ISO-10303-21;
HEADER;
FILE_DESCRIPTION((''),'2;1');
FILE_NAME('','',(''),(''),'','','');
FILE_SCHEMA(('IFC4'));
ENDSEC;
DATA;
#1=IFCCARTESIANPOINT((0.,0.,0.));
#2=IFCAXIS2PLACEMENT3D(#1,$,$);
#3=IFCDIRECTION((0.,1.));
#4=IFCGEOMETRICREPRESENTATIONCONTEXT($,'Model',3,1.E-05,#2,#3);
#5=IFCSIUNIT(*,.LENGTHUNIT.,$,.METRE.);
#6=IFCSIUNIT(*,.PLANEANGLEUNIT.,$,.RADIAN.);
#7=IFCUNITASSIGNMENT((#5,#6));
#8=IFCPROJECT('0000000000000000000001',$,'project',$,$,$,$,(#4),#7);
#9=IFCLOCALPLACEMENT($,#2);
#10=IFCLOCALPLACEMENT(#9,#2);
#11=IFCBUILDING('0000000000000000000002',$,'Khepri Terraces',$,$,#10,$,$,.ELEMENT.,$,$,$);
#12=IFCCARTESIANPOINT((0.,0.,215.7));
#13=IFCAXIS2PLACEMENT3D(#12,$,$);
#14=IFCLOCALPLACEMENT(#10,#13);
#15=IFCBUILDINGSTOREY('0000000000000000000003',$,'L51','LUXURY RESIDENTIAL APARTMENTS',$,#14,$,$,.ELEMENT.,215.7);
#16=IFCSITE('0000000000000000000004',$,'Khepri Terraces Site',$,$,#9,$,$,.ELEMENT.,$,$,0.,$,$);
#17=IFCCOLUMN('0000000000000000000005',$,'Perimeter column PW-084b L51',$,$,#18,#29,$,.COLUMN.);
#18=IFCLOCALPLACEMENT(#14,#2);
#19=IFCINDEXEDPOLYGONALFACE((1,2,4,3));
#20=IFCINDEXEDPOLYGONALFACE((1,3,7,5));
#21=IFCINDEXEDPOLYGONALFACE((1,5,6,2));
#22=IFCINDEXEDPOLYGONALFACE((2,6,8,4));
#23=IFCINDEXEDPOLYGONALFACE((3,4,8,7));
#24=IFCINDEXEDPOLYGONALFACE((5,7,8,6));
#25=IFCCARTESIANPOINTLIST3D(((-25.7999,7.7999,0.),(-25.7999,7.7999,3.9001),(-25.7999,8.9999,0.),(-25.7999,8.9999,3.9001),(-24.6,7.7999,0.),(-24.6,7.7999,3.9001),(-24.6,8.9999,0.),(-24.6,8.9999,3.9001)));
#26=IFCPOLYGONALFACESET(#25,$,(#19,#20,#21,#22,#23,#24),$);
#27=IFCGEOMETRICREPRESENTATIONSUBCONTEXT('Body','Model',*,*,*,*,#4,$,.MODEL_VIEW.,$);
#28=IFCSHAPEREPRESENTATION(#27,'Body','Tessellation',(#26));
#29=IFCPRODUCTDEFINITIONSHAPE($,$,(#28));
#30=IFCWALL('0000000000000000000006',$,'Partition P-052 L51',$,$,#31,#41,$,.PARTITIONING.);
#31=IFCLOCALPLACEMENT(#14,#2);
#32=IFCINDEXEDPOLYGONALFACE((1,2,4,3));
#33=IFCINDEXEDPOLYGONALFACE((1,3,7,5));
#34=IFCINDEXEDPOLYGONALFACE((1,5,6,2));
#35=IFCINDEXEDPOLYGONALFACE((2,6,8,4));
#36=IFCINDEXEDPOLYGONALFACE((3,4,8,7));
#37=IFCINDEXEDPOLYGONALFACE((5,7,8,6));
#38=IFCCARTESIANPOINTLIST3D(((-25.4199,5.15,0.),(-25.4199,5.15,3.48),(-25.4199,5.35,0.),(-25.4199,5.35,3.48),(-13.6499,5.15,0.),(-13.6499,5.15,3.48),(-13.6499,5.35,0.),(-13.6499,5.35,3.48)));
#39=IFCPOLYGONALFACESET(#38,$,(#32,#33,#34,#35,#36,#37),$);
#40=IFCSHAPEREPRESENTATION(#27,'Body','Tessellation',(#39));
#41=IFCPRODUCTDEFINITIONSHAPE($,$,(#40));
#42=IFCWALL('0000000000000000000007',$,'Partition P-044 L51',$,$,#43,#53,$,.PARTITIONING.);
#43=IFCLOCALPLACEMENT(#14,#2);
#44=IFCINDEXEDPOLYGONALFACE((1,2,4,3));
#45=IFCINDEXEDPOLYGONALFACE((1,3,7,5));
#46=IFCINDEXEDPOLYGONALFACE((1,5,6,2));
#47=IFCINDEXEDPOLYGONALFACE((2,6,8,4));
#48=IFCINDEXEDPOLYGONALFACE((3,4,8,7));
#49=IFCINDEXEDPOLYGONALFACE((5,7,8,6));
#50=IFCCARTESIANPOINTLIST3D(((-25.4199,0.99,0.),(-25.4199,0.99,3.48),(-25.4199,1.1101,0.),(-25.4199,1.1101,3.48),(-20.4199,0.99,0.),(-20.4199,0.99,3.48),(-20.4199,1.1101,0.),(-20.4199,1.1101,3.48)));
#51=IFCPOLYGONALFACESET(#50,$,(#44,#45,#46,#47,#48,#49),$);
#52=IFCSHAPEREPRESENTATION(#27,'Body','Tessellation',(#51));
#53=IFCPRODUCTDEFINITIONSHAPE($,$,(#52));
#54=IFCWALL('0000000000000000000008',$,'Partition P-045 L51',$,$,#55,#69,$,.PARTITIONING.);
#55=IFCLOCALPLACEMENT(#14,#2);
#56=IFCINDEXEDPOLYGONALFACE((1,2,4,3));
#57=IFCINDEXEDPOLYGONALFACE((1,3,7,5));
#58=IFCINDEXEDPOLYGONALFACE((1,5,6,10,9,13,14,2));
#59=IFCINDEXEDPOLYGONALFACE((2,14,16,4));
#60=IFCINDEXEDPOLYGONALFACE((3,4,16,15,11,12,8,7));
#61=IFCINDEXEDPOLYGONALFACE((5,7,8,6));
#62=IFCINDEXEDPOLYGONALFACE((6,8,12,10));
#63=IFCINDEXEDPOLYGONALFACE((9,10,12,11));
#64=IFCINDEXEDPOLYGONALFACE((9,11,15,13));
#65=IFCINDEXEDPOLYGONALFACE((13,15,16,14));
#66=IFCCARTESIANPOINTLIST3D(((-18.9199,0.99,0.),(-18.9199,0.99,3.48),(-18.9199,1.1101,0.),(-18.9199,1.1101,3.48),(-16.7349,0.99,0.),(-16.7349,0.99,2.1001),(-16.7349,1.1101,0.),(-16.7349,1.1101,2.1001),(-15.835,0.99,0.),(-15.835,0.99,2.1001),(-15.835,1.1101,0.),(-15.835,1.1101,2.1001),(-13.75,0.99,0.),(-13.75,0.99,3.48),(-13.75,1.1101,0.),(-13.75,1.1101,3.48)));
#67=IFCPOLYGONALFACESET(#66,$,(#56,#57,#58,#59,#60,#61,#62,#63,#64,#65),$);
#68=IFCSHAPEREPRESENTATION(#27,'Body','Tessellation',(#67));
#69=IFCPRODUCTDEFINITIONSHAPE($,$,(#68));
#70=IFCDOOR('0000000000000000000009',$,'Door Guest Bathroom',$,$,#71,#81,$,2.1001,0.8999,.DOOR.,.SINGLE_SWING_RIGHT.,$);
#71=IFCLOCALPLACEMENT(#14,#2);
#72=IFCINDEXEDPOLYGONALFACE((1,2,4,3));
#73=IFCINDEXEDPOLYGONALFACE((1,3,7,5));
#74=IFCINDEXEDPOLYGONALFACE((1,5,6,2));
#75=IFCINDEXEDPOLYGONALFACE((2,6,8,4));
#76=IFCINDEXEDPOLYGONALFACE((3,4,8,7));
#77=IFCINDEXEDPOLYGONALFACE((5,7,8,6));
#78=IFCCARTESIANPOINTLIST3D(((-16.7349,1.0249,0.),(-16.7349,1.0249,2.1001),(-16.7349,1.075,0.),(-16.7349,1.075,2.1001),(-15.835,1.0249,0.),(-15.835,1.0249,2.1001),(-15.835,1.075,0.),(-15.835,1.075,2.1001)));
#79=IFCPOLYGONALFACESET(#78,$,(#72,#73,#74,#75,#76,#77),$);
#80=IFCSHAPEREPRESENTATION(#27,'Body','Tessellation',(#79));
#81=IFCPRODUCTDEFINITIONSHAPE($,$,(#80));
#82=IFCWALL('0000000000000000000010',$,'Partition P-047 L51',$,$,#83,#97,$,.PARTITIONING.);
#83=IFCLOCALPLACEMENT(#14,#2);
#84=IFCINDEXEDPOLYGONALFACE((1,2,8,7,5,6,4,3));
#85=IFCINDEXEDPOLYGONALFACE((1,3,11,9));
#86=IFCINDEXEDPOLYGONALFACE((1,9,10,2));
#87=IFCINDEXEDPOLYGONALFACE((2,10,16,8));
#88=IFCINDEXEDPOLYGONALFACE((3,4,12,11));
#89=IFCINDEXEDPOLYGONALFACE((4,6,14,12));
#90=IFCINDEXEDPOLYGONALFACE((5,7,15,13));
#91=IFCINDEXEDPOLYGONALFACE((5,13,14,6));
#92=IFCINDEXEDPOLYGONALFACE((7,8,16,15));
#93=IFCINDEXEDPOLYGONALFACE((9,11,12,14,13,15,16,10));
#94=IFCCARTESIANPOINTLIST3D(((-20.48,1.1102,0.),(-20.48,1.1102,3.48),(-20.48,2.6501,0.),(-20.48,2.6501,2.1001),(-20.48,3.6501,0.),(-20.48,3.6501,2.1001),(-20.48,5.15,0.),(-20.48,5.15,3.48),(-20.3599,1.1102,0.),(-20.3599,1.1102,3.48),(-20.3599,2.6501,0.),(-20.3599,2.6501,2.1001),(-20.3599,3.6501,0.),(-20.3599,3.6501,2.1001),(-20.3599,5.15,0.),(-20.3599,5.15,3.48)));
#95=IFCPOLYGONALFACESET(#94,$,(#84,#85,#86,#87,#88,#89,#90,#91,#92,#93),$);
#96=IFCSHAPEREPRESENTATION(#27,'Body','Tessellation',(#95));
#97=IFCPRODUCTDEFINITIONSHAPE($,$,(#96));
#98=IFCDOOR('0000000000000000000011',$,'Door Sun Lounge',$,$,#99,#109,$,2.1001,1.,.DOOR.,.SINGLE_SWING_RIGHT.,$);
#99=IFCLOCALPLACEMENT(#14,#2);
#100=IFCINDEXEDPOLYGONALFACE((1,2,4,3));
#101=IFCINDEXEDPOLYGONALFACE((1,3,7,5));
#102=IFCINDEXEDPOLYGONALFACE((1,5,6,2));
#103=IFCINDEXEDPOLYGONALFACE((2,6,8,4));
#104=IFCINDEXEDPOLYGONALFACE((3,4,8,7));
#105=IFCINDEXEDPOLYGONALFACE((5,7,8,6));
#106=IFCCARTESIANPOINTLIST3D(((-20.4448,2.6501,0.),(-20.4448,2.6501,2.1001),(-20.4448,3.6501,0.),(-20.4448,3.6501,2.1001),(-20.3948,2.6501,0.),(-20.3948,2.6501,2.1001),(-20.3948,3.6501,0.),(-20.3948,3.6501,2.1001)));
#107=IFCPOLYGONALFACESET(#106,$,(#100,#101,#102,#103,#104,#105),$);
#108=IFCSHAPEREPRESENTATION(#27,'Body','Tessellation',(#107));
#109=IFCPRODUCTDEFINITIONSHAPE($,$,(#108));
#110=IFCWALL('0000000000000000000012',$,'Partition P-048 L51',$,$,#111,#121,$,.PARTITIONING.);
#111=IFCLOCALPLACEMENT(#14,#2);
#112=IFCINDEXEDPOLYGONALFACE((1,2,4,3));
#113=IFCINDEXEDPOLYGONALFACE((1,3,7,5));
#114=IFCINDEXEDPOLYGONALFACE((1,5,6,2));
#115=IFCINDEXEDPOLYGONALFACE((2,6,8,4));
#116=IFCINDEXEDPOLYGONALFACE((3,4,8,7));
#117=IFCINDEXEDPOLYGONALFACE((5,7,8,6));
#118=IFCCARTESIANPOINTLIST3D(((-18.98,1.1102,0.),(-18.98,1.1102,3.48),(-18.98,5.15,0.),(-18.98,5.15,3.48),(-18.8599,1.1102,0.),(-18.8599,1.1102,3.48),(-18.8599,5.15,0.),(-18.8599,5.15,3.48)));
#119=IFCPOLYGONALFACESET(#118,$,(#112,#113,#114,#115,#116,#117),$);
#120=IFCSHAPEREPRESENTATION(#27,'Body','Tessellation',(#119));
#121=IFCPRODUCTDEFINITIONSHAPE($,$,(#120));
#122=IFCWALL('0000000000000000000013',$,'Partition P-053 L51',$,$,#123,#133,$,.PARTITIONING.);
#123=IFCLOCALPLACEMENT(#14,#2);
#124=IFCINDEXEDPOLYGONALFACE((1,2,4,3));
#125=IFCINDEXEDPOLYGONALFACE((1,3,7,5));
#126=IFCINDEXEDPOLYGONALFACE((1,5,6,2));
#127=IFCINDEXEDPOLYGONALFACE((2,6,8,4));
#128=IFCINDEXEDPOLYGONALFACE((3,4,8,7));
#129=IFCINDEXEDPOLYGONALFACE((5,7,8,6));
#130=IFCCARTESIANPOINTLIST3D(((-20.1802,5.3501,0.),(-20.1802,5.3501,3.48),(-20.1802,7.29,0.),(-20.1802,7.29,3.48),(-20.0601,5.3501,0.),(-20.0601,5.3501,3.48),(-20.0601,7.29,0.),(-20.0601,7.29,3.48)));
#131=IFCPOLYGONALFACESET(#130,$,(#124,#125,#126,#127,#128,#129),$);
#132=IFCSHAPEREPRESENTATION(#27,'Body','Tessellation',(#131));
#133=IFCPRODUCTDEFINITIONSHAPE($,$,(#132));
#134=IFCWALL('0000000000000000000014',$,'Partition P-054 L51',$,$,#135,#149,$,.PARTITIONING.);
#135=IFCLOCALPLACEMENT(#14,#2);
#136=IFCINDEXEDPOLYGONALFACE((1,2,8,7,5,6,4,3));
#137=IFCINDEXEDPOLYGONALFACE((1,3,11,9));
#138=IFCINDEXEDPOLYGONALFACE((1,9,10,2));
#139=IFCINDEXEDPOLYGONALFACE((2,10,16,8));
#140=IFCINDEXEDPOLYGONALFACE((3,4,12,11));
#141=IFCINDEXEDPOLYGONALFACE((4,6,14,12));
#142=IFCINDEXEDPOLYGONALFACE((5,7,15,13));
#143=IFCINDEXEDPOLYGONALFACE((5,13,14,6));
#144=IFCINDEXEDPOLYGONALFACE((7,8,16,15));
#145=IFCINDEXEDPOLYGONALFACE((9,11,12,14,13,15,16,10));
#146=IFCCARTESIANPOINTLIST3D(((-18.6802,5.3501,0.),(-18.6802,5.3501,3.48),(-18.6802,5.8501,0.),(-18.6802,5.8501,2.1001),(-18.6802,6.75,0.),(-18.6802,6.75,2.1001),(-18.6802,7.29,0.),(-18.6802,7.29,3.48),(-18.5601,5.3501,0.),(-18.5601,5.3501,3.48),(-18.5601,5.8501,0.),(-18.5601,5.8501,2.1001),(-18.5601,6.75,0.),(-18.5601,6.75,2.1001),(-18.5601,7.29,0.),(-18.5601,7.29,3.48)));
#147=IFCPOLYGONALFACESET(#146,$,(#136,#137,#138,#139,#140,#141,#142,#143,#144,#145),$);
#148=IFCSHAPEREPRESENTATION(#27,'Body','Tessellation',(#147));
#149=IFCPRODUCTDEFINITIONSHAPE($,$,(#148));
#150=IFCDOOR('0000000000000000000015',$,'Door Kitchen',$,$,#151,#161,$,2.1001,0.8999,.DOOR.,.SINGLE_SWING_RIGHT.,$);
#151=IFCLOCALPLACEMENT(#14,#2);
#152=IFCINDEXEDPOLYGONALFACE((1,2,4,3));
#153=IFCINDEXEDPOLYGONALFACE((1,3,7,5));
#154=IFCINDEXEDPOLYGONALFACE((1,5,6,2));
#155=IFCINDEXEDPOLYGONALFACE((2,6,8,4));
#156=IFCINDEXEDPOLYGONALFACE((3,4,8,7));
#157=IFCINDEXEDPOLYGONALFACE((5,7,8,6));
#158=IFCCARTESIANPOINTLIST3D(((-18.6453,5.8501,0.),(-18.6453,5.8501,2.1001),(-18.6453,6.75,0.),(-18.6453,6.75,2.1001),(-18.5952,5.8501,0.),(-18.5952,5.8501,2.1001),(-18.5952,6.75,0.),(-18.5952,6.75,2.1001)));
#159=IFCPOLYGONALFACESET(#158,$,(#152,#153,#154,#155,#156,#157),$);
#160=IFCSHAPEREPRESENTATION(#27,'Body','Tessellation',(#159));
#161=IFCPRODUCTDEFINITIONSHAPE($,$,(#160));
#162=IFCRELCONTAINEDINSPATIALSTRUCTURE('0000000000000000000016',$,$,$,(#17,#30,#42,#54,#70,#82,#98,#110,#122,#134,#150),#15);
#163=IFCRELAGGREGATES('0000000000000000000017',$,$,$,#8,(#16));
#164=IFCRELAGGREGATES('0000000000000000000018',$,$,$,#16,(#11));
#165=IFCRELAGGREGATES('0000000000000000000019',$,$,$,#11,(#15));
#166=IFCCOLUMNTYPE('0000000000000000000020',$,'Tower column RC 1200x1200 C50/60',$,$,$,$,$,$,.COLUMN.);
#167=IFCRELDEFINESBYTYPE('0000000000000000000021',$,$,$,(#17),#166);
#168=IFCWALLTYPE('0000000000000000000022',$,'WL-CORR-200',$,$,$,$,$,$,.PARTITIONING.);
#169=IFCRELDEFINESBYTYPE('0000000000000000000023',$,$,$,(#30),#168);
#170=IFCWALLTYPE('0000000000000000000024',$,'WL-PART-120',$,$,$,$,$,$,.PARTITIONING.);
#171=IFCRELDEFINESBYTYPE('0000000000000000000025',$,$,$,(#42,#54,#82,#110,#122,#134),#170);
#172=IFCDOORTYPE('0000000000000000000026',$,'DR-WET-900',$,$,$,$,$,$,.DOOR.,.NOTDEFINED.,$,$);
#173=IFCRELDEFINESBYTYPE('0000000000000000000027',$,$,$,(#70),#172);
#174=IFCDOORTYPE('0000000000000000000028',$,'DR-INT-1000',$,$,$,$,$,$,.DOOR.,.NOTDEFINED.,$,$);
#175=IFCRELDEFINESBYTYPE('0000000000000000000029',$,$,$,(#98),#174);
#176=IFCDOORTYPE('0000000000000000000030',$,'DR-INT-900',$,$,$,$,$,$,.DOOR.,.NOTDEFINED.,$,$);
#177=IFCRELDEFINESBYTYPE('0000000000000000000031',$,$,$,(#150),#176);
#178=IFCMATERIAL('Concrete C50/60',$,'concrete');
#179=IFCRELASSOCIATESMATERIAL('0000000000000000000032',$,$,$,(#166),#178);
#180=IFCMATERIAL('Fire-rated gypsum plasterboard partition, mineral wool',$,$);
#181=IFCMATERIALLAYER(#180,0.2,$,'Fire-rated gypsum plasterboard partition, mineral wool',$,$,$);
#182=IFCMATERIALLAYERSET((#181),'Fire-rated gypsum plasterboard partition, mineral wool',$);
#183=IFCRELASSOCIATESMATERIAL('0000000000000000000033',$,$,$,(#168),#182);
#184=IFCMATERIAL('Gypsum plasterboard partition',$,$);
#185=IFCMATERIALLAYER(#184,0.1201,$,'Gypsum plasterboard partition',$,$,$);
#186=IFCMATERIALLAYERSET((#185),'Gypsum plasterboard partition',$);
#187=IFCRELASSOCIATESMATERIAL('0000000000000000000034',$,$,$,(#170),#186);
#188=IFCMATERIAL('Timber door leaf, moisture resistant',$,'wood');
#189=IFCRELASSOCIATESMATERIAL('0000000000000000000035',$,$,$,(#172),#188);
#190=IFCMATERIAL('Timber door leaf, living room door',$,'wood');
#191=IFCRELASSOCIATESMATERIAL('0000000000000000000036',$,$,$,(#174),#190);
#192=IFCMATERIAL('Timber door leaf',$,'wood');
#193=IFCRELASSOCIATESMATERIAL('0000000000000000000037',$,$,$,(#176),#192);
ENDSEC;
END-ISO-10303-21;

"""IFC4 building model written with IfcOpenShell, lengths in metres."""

from ifc_helpers import new_model, si_unit, direction, frame, frame_2d, origin, origin_2d, place, context, subcontext, project, spatial, rectangle, extrude, material, layer, layer_set, material_profile, profile_set, type_object, element, fill, save


model = new_model("IFC4")

# Units and contexts
model_context = context("Model", 3, precision=1e-05, world=origin(), true_north=direction((0.0, 1.0)))
body_context = subcontext(model_context, "Body", "Model", "MODEL_VIEW")
ifc_project = project(units=[si_unit("LENGTHUNIT", "METRE"), si_unit("PLANEANGLEUNIT", "RADIAN")], contexts=[model_context])

# Site, building, storey
site_placement = place(None, origin())
site = spatial("IfcSite", under=ifc_project, at=site_placement, Name="Khepri Terraces Site", CompositionType="ELEMENT", RefElevation=0.0)
building_placement = place(site_placement, origin())
building = spatial("IfcBuilding", under=site, at=building_placement, Name="Khepri Terraces", CompositionType="ELEMENT")
storey_placement = place(building_placement, frame((0.0, 0.0, 215.7)))
storey = spatial("IfcBuildingStorey", under=building, at=storey_placement, Name="L51", Description="LUXURY RESIDENTIAL APARTMENTS", CompositionType="ELEMENT", Elevation=215.7)

# Column
ifc_material_1 = material(Name="Concrete C50/60", Category="concrete")
ifc_material_profile = material_profile(ifc_material_1, rectangle(XDim=1.2, YDim=1.2, at=origin_2d()), Name="Concrete C50/60", Category="concrete")
ifc_profile_set = profile_set([ifc_material_profile], Name="Concrete C50/60")
column_type = type_object("IfcColumnType", Name="Tower column RC 1200x1200 C50/60", PredefinedType="COLUMN", material=ifc_profile_set)
column_placement = place(storey_placement, frame((-25.2, 8.3999, 0.0), z_axis=(0.0, 0.0, 1.0), x_axis=(1.0, 0.0, 0.0)))
element("IfcColumn", 1, at=column_placement, inside=storey, type_object=column_type, Name="Perimeter column PW-084b L51", PredefinedType="COLUMN", context=body_context, shape_type="SweptSolid", body=[
    extrude(rectangle(XDim=1.2, YDim=1.2, at=origin_2d()), origin(), (0.0, 0.0, 1.0), 3.9001),
])

# Wall
ifc_material_2 = material(Name="Fire-rated gypsum plasterboard partition, mineral wool")
ifc_layer_1 = layer(ifc_material_2, 0.2, Name="Fire-rated gypsum plasterboard partition, mineral wool")
ifc_layer_set_1 = layer_set([ifc_layer_1], Name="Fire-rated gypsum plasterboard partition, mineral wool")
wall_type_1 = type_object("IfcWallType", Name="WL-CORR-200", PredefinedType="PARTITIONING", material=ifc_layer_set_1)
wall_1_placement = place(storey_placement, frame((-25.4199, 5.25, 0.0), z_axis=(0.0, 0.0, 1.0), x_axis=(1.0, 0.0, 0.0)))
element("IfcWall", 2, at=wall_1_placement, inside=storey, type_object=wall_type_1, Name="Partition P-052 L51", PredefinedType="PARTITIONING", context=body_context, shape_type="SweptSolid", body=[
    extrude(rectangle(XDim=11.77, YDim=0.2, at=frame_2d((5.885, 0.0))), origin(), (0.0, 0.0, 1.0), 3.48),
])

# Wall
ifc_material_3 = material(Name="Gypsum plasterboard partition")
ifc_layer_2 = layer(ifc_material_3, 0.1201, Name="Gypsum plasterboard partition")
ifc_layer_set_2 = layer_set([ifc_layer_2], Name="Gypsum plasterboard partition")
wall_type_2 = type_object("IfcWallType", Name="WL-PART-120", PredefinedType="PARTITIONING", material=ifc_layer_set_2)
wall_2_placement = place(storey_placement, frame((-25.4199, 1.05, 0.0), z_axis=(0.0, 0.0, 1.0), x_axis=(1.0, 0.0, 0.0)))
element("IfcWall", 3, at=wall_2_placement, inside=storey, type_object=wall_type_2, Name="Partition P-044 L51", PredefinedType="PARTITIONING", context=body_context, shape_type="SweptSolid", body=[
    extrude(rectangle(XDim=5.0, YDim=0.1201, at=frame_2d((2.5, 0.0))), origin(), (0.0, 0.0, 1.0), 3.48),
])

# Walls, openings, doors
wall_3_placement = place(storey_placement, frame((-18.9199, 1.05, 0.0), z_axis=(0.0, 0.0, 1.0), x_axis=(1.0, 0.0, 0.0)))
wall_3 = element("IfcWall", 4, at=wall_3_placement, inside=storey, type_object=wall_type_2, Name="Partition P-045 L51", PredefinedType="PARTITIONING", context=body_context, shape_type="SweptSolid", body=[
    extrude(rectangle(XDim=5.1699, YDim=0.1201, at=frame_2d((2.585, 0.0))), origin(), (0.0, 0.0, 1.0), 3.48),
])
opening_1_placement = place(wall_3_placement, frame((2.1851, 0.0, 0.0)))
opening_1 = element("IfcOpeningElement", 5, at=opening_1_placement, cuts=wall_3, PredefinedType="OPENING", context=body_context, shape_type="SweptSolid", body=[
    extrude(rectangle(XDim=0.8999, YDim=2.1001, at=frame_2d((0.45, 1.05))), frame((0.0, 0.0701, 0.0), z_axis=(0.0, -1.0, 0.0), x_axis=(1.0, 0.0, 0.0)), (0.0, 0.0, 1.0), 0.1401),
])
ifc_material_4 = material(Name="Timber door leaf, moisture resistant", Category="wood")
door_type_1 = type_object("IfcDoorType", Name="DR-WET-900", OperationType="NOTDEFINED", PredefinedType="DOOR", material=ifc_material_4)
door_1_placement = place(opening_1_placement, origin())
door_1 = element("IfcDoor", 6, at=door_1_placement, inside=storey, type_object=door_type_1, Name="Door Guest Bathroom", OperationType="SINGLE_SWING_RIGHT", OverallHeight=2.1001, OverallWidth=0.8999, PredefinedType="DOOR", context=body_context, shape_type="SweptSolid", body=[
    extrude(rectangle(XDim=0.8999, YDim=2.1001, at=frame_2d((0.45, 1.05))), frame((0.0, 0.0249, 0.0), z_axis=(0.0, -1.0, 0.0), x_axis=(1.0, 0.0, 0.0)), (0.0, 0.0, 1.0), 0.05),
])
fill(opening_1, door_1)
wall_4_placement = place(storey_placement, frame((-20.4199, 1.1101, 0.0), z_axis=(0.0, 0.0, 1.0), x_axis=(0.0, 1.0, 0.0)))
wall_4 = element("IfcWall", 7, at=wall_4_placement, inside=storey, type_object=wall_type_2, Name="Partition P-047 L51", PredefinedType="PARTITIONING", context=body_context, shape_type="SweptSolid", body=[
    extrude(rectangle(XDim=4.0398, YDim=0.1201, at=frame_2d((2.02, 0.0))), origin(), (0.0, 0.0, 1.0), 3.48),
])
opening_2_placement = place(wall_4_placement, frame((1.54, 0.0, 0.0)))
opening_2 = element("IfcOpeningElement", 8, at=opening_2_placement, cuts=wall_4, PredefinedType="OPENING", context=body_context, shape_type="SweptSolid", body=[
    extrude(rectangle(XDim=1.0, YDim=2.1001, at=frame_2d((0.5, 1.05))), frame((0.0, 0.0701, 0.0), z_axis=(0.0, -1.0, 0.0), x_axis=(1.0, 0.0, 0.0)), (0.0, 0.0, 1.0), 0.1401),
])
ifc_material_5 = material(Name="Timber door leaf, living room door", Category="wood")
door_type_2 = type_object("IfcDoorType", Name="DR-INT-1000", OperationType="NOTDEFINED", PredefinedType="DOOR", material=ifc_material_5)
door_2_placement = place(opening_2_placement, origin())
door_2 = element("IfcDoor", 9, at=door_2_placement, inside=storey, type_object=door_type_2, Name="Door Sun Lounge", OperationType="SINGLE_SWING_RIGHT", OverallHeight=2.1001, OverallWidth=1.0, PredefinedType="DOOR", context=body_context, shape_type="SweptSolid", body=[
    extrude(rectangle(XDim=1.0, YDim=2.1001, at=frame_2d((0.5, 1.05))), frame((0.0, 0.0249, 0.0), z_axis=(0.0, -1.0, 0.0), x_axis=(1.0, 0.0, 0.0)), (0.0, 0.0, 1.0), 0.05),
])
fill(opening_2, door_2)

# Walls
wall_5_placement = place(storey_placement, frame((-18.9199, 1.1101, 0.0), z_axis=(0.0, 0.0, 1.0), x_axis=(0.0, 1.0, 0.0)))
element("IfcWall", 10, at=wall_5_placement, inside=storey, type_object=wall_type_2, Name="Partition P-048 L51", PredefinedType="PARTITIONING", context=body_context, shape_type="SweptSolid", body=[
    extrude(rectangle(XDim=4.0398, YDim=0.1201, at=frame_2d((2.02, 0.0))), origin(), (0.0, 0.0, 1.0), 3.48),
])
wall_6_placement = place(storey_placement, frame((-20.1201, 5.3501, 0.0), z_axis=(0.0, 0.0, 1.0), x_axis=(0.0, 1.0, 0.0)))
element("IfcWall", 11, at=wall_6_placement, inside=storey, type_object=wall_type_2, Name="Partition P-053 L51", PredefinedType="PARTITIONING", context=body_context, shape_type="SweptSolid", body=[
    extrude(rectangle(XDim=1.9399, YDim=0.1201, at=frame_2d((0.97, 0.0))), origin(), (0.0, 0.0, 1.0), 3.48),
])

# Wall, opening, door
wall_7_placement = place(storey_placement, frame((-18.6201, 5.3501, 0.0), z_axis=(0.0, 0.0, 1.0), x_axis=(0.0, 1.0, 0.0)))
wall_7 = element("IfcWall", 12, at=wall_7_placement, inside=storey, type_object=wall_type_2, Name="Partition P-054 L51", PredefinedType="PARTITIONING", context=body_context, shape_type="SweptSolid", body=[
    extrude(rectangle(XDim=1.9399, YDim=0.1201, at=frame_2d((0.97, 0.0))), origin(), (0.0, 0.0, 1.0), 3.48),
])
opening_3_placement = place(wall_7_placement, frame((0.5, 0.0, 0.0)))
opening_3 = element("IfcOpeningElement", 13, at=opening_3_placement, cuts=wall_7, PredefinedType="OPENING", context=body_context, shape_type="SweptSolid", body=[
    extrude(rectangle(XDim=0.8999, YDim=2.1001, at=frame_2d((0.45, 1.05))), frame((0.0, 0.0701, 0.0), z_axis=(0.0, -1.0, 0.0), x_axis=(1.0, 0.0, 0.0)), (0.0, 0.0, 1.0), 0.1401),
])
ifc_material_6 = material(Name="Timber door leaf", Category="wood")
door_type_3 = type_object("IfcDoorType", Name="DR-INT-900", OperationType="NOTDEFINED", PredefinedType="DOOR", material=ifc_material_6)
door_3_placement = place(opening_3_placement, frame((0.8999, 0.0, 0.0), z_axis=(0.0, 0.0, 1.0), x_axis=(-1.0, 0.0, 0.0)))
door_3 = element("IfcDoor", 14, at=door_3_placement, inside=storey, type_object=door_type_3, Name="Door Kitchen", OperationType="SINGLE_SWING_RIGHT", OverallHeight=2.1001, OverallWidth=0.8999, PredefinedType="DOOR", context=body_context, shape_type="SweptSolid", body=[
    extrude(rectangle(XDim=0.8999, YDim=2.1001, at=frame_2d((0.45, 1.05))), frame((0.0, 0.0249, 0.0), z_axis=(0.0, -1.0, 0.0), x_axis=(1.0, 0.0, 0.0)), (0.0, 0.0, 1.0), 0.05),
])
fill(opening_3, door_3)

save(model, "model.ifc")
